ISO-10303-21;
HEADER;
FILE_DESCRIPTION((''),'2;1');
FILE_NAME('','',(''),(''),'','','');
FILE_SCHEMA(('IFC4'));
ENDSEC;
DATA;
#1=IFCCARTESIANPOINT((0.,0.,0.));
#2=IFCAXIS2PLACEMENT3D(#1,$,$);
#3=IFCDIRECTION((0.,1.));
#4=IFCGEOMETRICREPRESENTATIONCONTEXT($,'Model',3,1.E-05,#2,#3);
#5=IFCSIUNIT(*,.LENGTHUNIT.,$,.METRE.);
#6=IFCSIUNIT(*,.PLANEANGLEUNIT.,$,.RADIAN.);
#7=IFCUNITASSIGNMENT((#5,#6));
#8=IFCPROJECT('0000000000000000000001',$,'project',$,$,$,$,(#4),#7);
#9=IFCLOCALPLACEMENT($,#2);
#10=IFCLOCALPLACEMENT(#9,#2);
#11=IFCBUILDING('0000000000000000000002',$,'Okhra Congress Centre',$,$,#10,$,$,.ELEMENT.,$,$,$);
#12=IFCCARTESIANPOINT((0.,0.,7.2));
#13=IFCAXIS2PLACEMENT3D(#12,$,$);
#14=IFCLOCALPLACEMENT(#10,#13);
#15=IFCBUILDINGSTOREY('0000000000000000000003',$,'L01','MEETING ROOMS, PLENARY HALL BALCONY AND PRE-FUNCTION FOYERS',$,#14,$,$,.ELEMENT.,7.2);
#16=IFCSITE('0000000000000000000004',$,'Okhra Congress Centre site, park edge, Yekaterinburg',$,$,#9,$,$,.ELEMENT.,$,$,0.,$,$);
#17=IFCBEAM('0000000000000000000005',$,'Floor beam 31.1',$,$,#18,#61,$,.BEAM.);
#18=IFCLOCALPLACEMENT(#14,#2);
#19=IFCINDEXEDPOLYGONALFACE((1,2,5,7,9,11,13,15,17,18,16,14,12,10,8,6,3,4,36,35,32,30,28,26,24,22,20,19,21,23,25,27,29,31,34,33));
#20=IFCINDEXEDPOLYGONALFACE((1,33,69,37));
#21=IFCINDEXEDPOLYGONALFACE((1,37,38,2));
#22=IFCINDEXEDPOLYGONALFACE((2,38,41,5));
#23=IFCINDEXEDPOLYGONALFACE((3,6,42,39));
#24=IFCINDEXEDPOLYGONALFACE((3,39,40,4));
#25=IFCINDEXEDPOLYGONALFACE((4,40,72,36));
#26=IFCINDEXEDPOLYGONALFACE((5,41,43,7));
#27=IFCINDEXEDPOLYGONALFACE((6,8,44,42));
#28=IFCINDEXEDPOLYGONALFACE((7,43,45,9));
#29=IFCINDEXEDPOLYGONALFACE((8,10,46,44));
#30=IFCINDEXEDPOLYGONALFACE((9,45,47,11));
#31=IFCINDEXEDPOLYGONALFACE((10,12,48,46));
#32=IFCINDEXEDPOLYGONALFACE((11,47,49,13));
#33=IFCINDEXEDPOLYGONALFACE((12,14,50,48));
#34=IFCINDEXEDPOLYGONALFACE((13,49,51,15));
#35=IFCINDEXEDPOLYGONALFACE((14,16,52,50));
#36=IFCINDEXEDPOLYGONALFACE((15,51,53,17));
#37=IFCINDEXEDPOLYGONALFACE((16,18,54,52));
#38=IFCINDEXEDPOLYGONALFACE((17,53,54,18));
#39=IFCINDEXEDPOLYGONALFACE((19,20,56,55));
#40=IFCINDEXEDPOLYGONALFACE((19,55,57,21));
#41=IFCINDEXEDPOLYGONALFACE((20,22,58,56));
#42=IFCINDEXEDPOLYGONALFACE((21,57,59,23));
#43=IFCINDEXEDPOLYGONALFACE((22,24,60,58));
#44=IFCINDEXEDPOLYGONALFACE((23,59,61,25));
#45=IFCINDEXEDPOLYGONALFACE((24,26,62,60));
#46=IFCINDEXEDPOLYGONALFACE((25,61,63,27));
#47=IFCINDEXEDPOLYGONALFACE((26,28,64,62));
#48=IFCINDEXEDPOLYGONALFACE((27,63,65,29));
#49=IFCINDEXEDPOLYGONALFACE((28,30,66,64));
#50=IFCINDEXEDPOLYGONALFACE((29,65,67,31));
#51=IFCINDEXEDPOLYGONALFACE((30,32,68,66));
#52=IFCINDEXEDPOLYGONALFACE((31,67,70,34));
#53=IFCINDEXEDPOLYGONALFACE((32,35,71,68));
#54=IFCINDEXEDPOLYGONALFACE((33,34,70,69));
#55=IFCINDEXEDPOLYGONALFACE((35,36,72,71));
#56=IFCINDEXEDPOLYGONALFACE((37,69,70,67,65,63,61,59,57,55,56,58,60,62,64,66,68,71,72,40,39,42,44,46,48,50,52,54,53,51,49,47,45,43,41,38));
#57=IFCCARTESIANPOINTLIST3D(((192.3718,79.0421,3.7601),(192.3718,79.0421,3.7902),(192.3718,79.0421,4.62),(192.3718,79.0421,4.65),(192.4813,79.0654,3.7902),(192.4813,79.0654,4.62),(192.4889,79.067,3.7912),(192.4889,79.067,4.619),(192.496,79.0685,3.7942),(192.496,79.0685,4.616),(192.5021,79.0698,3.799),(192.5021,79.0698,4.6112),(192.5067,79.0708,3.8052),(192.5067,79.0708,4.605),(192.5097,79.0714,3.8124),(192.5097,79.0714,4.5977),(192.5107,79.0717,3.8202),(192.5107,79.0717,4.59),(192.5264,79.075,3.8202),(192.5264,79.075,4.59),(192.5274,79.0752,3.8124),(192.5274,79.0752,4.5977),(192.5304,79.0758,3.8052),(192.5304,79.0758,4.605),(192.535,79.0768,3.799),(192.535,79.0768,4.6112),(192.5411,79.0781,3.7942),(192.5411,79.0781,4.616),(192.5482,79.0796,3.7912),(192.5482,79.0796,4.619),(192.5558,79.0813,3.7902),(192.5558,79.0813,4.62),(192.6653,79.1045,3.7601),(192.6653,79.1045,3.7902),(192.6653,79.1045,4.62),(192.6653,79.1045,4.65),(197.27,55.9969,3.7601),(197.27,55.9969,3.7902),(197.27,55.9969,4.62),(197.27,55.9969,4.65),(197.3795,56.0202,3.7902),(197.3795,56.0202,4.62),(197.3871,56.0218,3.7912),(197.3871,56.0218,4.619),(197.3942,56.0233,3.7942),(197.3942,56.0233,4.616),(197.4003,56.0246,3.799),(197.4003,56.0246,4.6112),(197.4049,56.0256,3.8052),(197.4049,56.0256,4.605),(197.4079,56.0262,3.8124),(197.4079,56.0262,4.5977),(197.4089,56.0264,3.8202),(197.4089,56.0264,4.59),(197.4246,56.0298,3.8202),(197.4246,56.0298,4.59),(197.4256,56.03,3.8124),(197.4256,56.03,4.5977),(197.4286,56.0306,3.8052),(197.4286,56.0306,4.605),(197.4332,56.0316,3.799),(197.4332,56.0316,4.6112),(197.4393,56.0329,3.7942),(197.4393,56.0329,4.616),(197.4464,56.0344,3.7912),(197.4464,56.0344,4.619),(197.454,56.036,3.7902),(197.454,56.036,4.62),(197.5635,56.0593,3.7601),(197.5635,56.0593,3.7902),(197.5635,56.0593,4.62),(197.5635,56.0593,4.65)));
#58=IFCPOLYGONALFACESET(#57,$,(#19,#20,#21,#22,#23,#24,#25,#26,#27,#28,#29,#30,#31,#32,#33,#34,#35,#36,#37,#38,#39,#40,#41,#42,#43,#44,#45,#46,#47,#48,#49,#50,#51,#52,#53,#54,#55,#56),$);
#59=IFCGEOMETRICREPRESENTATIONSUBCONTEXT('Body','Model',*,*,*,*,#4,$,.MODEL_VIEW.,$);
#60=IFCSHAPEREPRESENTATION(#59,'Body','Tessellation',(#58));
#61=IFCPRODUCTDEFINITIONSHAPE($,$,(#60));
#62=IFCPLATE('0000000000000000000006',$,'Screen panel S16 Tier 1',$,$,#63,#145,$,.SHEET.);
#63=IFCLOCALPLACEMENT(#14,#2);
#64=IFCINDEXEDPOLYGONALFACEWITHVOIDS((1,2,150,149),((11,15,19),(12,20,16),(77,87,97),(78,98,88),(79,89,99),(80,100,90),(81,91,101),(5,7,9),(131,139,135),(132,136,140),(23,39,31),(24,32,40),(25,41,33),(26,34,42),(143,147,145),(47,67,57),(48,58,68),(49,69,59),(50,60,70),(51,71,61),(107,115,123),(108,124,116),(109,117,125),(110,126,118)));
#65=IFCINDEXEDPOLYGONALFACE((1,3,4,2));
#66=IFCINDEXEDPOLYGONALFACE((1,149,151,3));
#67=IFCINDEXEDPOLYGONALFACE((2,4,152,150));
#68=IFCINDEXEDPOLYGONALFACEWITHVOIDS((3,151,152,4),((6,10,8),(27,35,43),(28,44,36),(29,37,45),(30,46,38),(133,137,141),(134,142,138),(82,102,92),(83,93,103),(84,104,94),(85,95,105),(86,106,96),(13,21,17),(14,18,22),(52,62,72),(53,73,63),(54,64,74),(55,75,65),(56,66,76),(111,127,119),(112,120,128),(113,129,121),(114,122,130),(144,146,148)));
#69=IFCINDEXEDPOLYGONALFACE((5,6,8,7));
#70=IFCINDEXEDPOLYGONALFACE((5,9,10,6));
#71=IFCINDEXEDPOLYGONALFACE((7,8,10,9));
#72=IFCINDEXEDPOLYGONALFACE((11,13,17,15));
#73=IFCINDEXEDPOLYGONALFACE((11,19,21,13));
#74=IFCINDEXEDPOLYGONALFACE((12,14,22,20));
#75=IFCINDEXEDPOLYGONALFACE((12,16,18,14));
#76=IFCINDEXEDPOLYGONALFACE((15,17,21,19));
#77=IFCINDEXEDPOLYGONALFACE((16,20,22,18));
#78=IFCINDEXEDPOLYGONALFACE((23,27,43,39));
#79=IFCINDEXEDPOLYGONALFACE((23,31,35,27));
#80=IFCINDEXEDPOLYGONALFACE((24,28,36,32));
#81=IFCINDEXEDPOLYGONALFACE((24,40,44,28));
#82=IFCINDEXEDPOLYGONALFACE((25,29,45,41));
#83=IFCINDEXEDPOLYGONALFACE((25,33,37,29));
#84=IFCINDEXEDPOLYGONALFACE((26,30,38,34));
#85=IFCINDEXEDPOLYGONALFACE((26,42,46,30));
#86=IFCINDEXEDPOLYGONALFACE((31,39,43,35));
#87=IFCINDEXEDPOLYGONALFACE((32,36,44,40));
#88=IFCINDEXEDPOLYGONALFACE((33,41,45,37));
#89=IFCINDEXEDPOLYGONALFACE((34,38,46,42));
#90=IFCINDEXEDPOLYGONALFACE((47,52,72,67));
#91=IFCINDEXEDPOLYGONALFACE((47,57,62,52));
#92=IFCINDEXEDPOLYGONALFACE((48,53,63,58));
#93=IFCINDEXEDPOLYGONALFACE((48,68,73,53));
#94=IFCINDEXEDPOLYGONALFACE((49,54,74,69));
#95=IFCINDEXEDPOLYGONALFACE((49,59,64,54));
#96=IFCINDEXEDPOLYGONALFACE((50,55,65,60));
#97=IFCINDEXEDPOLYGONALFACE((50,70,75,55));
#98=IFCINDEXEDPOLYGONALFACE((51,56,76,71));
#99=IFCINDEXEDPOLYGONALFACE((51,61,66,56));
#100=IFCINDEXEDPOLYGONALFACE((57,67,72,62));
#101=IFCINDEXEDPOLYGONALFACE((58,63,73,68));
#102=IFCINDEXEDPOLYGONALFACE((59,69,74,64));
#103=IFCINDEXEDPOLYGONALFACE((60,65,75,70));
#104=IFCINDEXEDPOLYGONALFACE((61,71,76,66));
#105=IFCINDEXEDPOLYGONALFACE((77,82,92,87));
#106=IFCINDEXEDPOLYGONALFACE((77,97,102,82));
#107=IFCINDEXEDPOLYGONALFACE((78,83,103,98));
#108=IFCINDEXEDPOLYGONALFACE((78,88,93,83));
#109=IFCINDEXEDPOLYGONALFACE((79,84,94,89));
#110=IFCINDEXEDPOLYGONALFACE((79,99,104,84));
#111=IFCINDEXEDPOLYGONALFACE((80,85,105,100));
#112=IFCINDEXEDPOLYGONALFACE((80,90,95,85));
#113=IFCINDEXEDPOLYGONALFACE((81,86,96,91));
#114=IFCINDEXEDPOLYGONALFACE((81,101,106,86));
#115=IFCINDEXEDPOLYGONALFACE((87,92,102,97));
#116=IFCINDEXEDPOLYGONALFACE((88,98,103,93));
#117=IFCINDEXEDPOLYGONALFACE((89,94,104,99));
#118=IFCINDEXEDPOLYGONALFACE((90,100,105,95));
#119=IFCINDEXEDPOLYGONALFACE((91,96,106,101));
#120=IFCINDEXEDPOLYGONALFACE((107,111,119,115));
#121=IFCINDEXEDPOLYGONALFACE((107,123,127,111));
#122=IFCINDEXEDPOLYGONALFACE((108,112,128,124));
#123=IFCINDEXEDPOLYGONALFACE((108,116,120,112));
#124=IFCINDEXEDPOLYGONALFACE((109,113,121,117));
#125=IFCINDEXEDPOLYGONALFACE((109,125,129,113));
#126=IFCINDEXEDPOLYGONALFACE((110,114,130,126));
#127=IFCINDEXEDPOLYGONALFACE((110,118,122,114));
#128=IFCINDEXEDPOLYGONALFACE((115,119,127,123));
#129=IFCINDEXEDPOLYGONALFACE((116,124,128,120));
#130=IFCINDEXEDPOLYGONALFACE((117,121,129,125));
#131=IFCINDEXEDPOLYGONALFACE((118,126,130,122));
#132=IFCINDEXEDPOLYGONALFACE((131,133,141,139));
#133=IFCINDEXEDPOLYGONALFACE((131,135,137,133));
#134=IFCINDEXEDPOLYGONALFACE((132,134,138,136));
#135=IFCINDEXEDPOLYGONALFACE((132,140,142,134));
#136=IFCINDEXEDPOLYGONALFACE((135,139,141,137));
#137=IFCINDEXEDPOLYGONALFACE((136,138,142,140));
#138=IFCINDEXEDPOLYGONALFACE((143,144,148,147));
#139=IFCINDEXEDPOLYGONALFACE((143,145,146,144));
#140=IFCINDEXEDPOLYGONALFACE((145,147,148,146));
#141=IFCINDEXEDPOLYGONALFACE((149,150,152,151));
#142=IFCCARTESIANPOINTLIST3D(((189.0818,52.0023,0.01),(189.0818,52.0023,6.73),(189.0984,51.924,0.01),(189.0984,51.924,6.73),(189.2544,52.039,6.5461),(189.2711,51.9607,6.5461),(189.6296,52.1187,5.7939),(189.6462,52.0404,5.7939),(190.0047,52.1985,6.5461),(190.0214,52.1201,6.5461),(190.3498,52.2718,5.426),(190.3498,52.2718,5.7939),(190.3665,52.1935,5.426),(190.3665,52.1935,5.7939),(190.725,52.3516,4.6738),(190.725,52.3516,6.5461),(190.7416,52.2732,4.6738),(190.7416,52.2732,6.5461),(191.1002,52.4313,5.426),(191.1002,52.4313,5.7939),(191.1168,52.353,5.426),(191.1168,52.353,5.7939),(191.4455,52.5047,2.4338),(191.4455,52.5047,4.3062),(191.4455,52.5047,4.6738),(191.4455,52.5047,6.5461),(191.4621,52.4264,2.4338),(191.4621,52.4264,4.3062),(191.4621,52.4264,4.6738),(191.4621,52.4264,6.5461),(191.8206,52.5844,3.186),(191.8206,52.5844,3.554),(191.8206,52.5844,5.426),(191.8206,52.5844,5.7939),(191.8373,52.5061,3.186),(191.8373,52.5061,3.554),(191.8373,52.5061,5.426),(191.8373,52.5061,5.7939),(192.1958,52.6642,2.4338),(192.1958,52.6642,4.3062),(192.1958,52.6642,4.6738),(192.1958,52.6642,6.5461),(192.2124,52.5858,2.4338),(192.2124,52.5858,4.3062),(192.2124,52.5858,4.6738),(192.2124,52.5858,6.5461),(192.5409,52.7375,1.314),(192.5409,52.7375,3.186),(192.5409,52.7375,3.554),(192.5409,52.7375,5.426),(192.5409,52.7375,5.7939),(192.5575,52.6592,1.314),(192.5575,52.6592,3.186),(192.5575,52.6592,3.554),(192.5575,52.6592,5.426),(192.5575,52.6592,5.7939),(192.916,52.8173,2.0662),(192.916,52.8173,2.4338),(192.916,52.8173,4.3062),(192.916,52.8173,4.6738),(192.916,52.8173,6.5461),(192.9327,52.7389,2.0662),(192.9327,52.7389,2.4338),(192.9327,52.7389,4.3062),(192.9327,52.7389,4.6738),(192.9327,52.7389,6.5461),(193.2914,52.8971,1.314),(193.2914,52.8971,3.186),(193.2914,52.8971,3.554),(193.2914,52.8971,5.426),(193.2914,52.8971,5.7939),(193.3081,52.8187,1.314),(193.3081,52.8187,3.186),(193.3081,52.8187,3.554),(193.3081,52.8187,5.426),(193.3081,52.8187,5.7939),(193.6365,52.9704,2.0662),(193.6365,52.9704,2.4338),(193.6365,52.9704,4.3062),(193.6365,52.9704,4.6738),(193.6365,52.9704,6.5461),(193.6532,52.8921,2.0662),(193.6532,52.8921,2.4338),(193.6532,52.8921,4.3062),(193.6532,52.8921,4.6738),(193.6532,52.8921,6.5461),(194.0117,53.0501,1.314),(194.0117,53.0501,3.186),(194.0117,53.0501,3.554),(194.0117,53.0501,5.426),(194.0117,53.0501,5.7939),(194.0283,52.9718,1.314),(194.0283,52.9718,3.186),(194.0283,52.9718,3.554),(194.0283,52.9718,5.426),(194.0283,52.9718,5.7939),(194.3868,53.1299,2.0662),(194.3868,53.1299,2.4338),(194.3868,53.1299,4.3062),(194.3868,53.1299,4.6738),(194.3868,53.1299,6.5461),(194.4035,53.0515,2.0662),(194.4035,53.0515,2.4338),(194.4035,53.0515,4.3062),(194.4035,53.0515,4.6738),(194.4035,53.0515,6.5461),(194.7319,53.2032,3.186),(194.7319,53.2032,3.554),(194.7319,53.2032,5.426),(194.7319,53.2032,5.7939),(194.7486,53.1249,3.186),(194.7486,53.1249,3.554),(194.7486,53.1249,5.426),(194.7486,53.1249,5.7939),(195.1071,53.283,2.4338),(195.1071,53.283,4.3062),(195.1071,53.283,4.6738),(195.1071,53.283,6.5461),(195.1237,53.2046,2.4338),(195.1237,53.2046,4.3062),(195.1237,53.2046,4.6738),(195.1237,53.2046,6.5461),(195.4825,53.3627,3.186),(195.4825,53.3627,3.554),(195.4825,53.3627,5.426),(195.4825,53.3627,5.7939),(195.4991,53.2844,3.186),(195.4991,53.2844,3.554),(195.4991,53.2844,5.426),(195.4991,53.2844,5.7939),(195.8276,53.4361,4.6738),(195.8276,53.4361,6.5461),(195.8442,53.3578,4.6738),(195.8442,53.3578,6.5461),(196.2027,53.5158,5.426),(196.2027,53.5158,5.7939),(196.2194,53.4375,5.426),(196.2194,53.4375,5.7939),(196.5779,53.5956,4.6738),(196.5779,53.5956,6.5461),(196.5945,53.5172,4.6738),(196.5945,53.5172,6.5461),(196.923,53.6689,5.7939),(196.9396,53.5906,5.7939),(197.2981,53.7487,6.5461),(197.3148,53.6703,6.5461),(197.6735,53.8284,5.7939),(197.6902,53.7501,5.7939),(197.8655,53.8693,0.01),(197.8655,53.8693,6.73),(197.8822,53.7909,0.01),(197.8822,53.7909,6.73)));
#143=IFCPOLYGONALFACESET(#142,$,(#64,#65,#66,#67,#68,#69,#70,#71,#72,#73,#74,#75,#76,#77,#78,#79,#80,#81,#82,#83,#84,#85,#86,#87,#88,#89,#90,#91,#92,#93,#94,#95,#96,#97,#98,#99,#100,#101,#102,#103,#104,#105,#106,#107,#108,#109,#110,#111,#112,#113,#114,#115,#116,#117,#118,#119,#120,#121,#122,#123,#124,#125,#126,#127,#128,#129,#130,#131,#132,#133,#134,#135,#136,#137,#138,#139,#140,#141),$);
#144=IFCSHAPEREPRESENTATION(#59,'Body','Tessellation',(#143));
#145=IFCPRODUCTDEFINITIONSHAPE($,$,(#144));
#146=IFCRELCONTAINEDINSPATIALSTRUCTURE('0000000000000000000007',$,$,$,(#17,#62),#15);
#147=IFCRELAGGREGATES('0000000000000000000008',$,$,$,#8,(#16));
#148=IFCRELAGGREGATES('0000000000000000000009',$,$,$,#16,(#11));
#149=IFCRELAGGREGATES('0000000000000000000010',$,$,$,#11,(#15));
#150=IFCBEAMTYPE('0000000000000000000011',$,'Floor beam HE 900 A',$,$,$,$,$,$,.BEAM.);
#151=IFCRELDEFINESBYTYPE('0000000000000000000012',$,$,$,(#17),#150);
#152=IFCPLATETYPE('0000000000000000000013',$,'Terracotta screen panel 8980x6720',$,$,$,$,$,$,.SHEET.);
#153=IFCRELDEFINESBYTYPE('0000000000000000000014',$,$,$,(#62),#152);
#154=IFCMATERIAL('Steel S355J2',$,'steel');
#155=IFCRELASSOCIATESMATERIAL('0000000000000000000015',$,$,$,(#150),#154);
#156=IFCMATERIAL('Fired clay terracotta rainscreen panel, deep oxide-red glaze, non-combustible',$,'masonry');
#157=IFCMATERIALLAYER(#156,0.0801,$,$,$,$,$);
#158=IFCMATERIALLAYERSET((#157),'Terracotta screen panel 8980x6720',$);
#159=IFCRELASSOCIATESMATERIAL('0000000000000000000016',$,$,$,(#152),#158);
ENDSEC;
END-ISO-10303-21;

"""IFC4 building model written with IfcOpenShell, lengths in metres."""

from ifc_helpers import new_model, si_unit, direction, frame, origin, origin_2d, place, context, subcontext, project, spatial, polyline, i_section, outline, extrude, material, layer, layer_set, material_profile, profile_set, type_object, element, save


model = new_model("IFC4")

# Units and contexts
model_context = context("Model", 3, precision=1e-05, world=origin(), true_north=direction((0.0, 1.0)))
body_context = subcontext(model_context, "Body", "Model", "MODEL_VIEW")
ifc_project = project(units=[si_unit("LENGTHUNIT", "METRE"), si_unit("PLANEANGLEUNIT", "RADIAN")], contexts=[model_context])

# Site, building, storey
site_placement = place(None, origin())
site = spatial("IfcSite", under=ifc_project, at=site_placement, Name="Okhra Congress Centre site, park edge, Yekaterinburg", CompositionType="ELEMENT", RefElevation=0.0)
building_placement = place(site_placement, origin())
building = spatial("IfcBuilding", under=site, at=building_placement, Name="Okhra Congress Centre", CompositionType="ELEMENT")
storey_placement = place(building_placement, frame((0.0, 0.0, 7.2)))
storey = spatial("IfcBuildingStorey", under=building, at=storey_placement, Name="L01", Description="MEETING ROOMS, PLENARY HALL BALCONY AND PRE-FUNCTION FOYERS", CompositionType="ELEMENT", Elevation=7.2)

# Shared definitions
ifc_material_1 = material(Name="Steel S355J2", Category="steel")

# Beam
ifc_material_profile_1 = material_profile(ifc_material_1, i_section(OverallWidth=0.3, OverallDepth=0.8899, WebThickness=0.0161, FlangeThickness=0.03, FilletRadius=0.03, at=origin_2d()), Name="HE 900 A")
ifc_profile_set_1 = profile_set([ifc_material_profile_1], Name="Steel S355J2")
beam_type_1 = type_object("IfcBeamType", Name="Floor beam HE 900 A", PredefinedType="BEAM", material=ifc_profile_set_1)
for number, where, z_axis, x_axis, name in (
    (1, (197.4167, 56.0281, 4.2051), (-0.207903, 0.978149, 0.0), (-0.978149, -0.207903, 0.0), "Floor beam 31.1"),
):
    element("IfcBeam", number, at=place(storey_placement, frame(where, z_axis=z_axis, x_axis=x_axis)), inside=storey, type_object=beam_type_1, Name=name, PredefinedType="BEAM", context=body_context, shape_type="SweptSolid", body=[
        extrude(i_section(OverallWidth=0.3, OverallDepth=0.8899, WebThickness=0.0161, FlangeThickness=0.03, FilletRadius=0.03, at=origin_2d()), origin(), (0.0, 0.0, 1.0), 23.5601),
    ])

# Plate
ifc_material_2 = material(Name="Fired clay terracotta rainscreen panel, deep oxide-red glaze, non-combustible", Category="masonry")
ifc_layer_1 = layer(ifc_material_2, 0.0801)
ifc_layer_set_1 = layer_set([ifc_layer_1], Name="Terracotta screen panel 8980x6720")
plate_type = type_object("IfcPlateType", Name="Terracotta screen panel 8980x6720", PredefinedType="SHEET", material=ifc_layer_set_1)
plate_placement = place(storey_placement, frame((189.0901, 51.9631, 0.01), z_axis=(0.0, 0.0, 1.0), x_axis=(0.97815, 0.207902, 0.0)))
element("IfcPlate", 2, at=plate_placement, inside=storey, type_object=plate_type, Name="Screen panel S16 Tier 1", PredefinedType="SHEET", context=body_context, shape_type="SweptSolid", body=[
    extrude(outline(polyline([(0.0, 0.0), (8.98, 0.0), (8.98, 6.72), (0.0, 6.72), (0.0, 0.0)]), holes=[polyline([(3.5364, 1.304), (4.3037, 1.304), (3.9199, 2.0562), (3.5364, 1.304)]), polyline([(4.6565, 2.0562), (5.04, 1.304), (5.4236, 2.0562), (4.6565, 2.0562)]), polyline([(2.4165, 2.4238), (3.1836, 2.4238), (2.8, 3.176), (2.4165, 2.4238)]), polyline([(3.5364, 3.176), (3.9199, 2.4238), (4.3037, 3.176), (3.5364, 3.176)]), polyline([(4.6565, 2.4238), (5.4236, 2.4238), (5.04, 3.176), (4.6565, 2.4238)]), polyline([(5.7764, 3.176), (6.1599, 2.4238), (6.5437, 3.176), (5.7764, 3.176)]), polyline([(2.4165, 4.2961), (2.8, 3.5439), (3.1836, 4.2961), (2.4165, 4.2961)]), polyline([(3.5364, 3.5439), (4.3037, 3.5439), (3.9199, 4.2961), (3.5364, 3.5439)]), polyline([(4.6565, 4.2961), (5.04, 3.5439), (5.4236, 4.2961), (4.6565, 4.2961)]), polyline([(5.7764, 3.5439), (6.5437, 3.5439), (6.1599, 4.2961), (5.7764, 3.5439)]), polyline([(1.2964, 5.416), (1.6799, 4.6638), (2.0635, 5.416), (1.2964, 5.416)]), polyline([(2.4165, 4.6638), (3.1836, 4.6638), (2.8, 5.416), (2.4165, 4.6638)]), polyline([(3.5364, 5.416), (3.9199, 4.6638), (4.3037, 5.416), (3.5364, 5.416)]), polyline([(4.6565, 4.6638), (5.4236, 4.6638), (5.04, 5.416), (4.6565, 4.6638)]), polyline([(5.7764, 5.416), (6.1599, 4.6638), (6.5437, 5.416), (5.7764, 5.416)]), polyline([(6.8965, 4.6638), (7.6636, 4.6638), (7.28, 5.416), (6.8965, 4.6638)]), polyline([(0.1765, 6.5361), (0.5601, 5.7839), (0.9436, 6.5361), (0.1765, 6.5361)]), polyline([(1.2964, 5.7839), (2.0635, 5.7839), (1.6799, 6.5361), (1.2964, 5.7839)]), polyline([(2.4165, 6.5361), (2.8, 5.7839), (3.1836, 6.5361), (2.4165, 6.5361)]), polyline([(3.5364, 5.7839), (4.3037, 5.7839), (3.9199, 6.5361), (3.5364, 5.7839)]), polyline([(4.6565, 6.5361), (5.04, 5.7839), (5.4236, 6.5361), (4.6565, 6.5361)]), polyline([(5.7764, 5.7839), (6.5437, 5.7839), (6.1599, 6.5361), (5.7764, 5.7839)]), polyline([(6.8965, 6.5361), (7.28, 5.7839), (7.6636, 6.5361), (6.8965, 6.5361)]), polyline([(8.0164, 5.7839), (8.7837, 5.7839), (8.3999, 6.5361), (8.0164, 5.7839)])]), frame((0.0, 0.04, 0.0), z_axis=(0.0, -1.0, 0.0), x_axis=(1.0, 0.0, 0.0)), (0.0, 0.0, 1.0), 0.0801),
])

save(model, "model.ifc")
